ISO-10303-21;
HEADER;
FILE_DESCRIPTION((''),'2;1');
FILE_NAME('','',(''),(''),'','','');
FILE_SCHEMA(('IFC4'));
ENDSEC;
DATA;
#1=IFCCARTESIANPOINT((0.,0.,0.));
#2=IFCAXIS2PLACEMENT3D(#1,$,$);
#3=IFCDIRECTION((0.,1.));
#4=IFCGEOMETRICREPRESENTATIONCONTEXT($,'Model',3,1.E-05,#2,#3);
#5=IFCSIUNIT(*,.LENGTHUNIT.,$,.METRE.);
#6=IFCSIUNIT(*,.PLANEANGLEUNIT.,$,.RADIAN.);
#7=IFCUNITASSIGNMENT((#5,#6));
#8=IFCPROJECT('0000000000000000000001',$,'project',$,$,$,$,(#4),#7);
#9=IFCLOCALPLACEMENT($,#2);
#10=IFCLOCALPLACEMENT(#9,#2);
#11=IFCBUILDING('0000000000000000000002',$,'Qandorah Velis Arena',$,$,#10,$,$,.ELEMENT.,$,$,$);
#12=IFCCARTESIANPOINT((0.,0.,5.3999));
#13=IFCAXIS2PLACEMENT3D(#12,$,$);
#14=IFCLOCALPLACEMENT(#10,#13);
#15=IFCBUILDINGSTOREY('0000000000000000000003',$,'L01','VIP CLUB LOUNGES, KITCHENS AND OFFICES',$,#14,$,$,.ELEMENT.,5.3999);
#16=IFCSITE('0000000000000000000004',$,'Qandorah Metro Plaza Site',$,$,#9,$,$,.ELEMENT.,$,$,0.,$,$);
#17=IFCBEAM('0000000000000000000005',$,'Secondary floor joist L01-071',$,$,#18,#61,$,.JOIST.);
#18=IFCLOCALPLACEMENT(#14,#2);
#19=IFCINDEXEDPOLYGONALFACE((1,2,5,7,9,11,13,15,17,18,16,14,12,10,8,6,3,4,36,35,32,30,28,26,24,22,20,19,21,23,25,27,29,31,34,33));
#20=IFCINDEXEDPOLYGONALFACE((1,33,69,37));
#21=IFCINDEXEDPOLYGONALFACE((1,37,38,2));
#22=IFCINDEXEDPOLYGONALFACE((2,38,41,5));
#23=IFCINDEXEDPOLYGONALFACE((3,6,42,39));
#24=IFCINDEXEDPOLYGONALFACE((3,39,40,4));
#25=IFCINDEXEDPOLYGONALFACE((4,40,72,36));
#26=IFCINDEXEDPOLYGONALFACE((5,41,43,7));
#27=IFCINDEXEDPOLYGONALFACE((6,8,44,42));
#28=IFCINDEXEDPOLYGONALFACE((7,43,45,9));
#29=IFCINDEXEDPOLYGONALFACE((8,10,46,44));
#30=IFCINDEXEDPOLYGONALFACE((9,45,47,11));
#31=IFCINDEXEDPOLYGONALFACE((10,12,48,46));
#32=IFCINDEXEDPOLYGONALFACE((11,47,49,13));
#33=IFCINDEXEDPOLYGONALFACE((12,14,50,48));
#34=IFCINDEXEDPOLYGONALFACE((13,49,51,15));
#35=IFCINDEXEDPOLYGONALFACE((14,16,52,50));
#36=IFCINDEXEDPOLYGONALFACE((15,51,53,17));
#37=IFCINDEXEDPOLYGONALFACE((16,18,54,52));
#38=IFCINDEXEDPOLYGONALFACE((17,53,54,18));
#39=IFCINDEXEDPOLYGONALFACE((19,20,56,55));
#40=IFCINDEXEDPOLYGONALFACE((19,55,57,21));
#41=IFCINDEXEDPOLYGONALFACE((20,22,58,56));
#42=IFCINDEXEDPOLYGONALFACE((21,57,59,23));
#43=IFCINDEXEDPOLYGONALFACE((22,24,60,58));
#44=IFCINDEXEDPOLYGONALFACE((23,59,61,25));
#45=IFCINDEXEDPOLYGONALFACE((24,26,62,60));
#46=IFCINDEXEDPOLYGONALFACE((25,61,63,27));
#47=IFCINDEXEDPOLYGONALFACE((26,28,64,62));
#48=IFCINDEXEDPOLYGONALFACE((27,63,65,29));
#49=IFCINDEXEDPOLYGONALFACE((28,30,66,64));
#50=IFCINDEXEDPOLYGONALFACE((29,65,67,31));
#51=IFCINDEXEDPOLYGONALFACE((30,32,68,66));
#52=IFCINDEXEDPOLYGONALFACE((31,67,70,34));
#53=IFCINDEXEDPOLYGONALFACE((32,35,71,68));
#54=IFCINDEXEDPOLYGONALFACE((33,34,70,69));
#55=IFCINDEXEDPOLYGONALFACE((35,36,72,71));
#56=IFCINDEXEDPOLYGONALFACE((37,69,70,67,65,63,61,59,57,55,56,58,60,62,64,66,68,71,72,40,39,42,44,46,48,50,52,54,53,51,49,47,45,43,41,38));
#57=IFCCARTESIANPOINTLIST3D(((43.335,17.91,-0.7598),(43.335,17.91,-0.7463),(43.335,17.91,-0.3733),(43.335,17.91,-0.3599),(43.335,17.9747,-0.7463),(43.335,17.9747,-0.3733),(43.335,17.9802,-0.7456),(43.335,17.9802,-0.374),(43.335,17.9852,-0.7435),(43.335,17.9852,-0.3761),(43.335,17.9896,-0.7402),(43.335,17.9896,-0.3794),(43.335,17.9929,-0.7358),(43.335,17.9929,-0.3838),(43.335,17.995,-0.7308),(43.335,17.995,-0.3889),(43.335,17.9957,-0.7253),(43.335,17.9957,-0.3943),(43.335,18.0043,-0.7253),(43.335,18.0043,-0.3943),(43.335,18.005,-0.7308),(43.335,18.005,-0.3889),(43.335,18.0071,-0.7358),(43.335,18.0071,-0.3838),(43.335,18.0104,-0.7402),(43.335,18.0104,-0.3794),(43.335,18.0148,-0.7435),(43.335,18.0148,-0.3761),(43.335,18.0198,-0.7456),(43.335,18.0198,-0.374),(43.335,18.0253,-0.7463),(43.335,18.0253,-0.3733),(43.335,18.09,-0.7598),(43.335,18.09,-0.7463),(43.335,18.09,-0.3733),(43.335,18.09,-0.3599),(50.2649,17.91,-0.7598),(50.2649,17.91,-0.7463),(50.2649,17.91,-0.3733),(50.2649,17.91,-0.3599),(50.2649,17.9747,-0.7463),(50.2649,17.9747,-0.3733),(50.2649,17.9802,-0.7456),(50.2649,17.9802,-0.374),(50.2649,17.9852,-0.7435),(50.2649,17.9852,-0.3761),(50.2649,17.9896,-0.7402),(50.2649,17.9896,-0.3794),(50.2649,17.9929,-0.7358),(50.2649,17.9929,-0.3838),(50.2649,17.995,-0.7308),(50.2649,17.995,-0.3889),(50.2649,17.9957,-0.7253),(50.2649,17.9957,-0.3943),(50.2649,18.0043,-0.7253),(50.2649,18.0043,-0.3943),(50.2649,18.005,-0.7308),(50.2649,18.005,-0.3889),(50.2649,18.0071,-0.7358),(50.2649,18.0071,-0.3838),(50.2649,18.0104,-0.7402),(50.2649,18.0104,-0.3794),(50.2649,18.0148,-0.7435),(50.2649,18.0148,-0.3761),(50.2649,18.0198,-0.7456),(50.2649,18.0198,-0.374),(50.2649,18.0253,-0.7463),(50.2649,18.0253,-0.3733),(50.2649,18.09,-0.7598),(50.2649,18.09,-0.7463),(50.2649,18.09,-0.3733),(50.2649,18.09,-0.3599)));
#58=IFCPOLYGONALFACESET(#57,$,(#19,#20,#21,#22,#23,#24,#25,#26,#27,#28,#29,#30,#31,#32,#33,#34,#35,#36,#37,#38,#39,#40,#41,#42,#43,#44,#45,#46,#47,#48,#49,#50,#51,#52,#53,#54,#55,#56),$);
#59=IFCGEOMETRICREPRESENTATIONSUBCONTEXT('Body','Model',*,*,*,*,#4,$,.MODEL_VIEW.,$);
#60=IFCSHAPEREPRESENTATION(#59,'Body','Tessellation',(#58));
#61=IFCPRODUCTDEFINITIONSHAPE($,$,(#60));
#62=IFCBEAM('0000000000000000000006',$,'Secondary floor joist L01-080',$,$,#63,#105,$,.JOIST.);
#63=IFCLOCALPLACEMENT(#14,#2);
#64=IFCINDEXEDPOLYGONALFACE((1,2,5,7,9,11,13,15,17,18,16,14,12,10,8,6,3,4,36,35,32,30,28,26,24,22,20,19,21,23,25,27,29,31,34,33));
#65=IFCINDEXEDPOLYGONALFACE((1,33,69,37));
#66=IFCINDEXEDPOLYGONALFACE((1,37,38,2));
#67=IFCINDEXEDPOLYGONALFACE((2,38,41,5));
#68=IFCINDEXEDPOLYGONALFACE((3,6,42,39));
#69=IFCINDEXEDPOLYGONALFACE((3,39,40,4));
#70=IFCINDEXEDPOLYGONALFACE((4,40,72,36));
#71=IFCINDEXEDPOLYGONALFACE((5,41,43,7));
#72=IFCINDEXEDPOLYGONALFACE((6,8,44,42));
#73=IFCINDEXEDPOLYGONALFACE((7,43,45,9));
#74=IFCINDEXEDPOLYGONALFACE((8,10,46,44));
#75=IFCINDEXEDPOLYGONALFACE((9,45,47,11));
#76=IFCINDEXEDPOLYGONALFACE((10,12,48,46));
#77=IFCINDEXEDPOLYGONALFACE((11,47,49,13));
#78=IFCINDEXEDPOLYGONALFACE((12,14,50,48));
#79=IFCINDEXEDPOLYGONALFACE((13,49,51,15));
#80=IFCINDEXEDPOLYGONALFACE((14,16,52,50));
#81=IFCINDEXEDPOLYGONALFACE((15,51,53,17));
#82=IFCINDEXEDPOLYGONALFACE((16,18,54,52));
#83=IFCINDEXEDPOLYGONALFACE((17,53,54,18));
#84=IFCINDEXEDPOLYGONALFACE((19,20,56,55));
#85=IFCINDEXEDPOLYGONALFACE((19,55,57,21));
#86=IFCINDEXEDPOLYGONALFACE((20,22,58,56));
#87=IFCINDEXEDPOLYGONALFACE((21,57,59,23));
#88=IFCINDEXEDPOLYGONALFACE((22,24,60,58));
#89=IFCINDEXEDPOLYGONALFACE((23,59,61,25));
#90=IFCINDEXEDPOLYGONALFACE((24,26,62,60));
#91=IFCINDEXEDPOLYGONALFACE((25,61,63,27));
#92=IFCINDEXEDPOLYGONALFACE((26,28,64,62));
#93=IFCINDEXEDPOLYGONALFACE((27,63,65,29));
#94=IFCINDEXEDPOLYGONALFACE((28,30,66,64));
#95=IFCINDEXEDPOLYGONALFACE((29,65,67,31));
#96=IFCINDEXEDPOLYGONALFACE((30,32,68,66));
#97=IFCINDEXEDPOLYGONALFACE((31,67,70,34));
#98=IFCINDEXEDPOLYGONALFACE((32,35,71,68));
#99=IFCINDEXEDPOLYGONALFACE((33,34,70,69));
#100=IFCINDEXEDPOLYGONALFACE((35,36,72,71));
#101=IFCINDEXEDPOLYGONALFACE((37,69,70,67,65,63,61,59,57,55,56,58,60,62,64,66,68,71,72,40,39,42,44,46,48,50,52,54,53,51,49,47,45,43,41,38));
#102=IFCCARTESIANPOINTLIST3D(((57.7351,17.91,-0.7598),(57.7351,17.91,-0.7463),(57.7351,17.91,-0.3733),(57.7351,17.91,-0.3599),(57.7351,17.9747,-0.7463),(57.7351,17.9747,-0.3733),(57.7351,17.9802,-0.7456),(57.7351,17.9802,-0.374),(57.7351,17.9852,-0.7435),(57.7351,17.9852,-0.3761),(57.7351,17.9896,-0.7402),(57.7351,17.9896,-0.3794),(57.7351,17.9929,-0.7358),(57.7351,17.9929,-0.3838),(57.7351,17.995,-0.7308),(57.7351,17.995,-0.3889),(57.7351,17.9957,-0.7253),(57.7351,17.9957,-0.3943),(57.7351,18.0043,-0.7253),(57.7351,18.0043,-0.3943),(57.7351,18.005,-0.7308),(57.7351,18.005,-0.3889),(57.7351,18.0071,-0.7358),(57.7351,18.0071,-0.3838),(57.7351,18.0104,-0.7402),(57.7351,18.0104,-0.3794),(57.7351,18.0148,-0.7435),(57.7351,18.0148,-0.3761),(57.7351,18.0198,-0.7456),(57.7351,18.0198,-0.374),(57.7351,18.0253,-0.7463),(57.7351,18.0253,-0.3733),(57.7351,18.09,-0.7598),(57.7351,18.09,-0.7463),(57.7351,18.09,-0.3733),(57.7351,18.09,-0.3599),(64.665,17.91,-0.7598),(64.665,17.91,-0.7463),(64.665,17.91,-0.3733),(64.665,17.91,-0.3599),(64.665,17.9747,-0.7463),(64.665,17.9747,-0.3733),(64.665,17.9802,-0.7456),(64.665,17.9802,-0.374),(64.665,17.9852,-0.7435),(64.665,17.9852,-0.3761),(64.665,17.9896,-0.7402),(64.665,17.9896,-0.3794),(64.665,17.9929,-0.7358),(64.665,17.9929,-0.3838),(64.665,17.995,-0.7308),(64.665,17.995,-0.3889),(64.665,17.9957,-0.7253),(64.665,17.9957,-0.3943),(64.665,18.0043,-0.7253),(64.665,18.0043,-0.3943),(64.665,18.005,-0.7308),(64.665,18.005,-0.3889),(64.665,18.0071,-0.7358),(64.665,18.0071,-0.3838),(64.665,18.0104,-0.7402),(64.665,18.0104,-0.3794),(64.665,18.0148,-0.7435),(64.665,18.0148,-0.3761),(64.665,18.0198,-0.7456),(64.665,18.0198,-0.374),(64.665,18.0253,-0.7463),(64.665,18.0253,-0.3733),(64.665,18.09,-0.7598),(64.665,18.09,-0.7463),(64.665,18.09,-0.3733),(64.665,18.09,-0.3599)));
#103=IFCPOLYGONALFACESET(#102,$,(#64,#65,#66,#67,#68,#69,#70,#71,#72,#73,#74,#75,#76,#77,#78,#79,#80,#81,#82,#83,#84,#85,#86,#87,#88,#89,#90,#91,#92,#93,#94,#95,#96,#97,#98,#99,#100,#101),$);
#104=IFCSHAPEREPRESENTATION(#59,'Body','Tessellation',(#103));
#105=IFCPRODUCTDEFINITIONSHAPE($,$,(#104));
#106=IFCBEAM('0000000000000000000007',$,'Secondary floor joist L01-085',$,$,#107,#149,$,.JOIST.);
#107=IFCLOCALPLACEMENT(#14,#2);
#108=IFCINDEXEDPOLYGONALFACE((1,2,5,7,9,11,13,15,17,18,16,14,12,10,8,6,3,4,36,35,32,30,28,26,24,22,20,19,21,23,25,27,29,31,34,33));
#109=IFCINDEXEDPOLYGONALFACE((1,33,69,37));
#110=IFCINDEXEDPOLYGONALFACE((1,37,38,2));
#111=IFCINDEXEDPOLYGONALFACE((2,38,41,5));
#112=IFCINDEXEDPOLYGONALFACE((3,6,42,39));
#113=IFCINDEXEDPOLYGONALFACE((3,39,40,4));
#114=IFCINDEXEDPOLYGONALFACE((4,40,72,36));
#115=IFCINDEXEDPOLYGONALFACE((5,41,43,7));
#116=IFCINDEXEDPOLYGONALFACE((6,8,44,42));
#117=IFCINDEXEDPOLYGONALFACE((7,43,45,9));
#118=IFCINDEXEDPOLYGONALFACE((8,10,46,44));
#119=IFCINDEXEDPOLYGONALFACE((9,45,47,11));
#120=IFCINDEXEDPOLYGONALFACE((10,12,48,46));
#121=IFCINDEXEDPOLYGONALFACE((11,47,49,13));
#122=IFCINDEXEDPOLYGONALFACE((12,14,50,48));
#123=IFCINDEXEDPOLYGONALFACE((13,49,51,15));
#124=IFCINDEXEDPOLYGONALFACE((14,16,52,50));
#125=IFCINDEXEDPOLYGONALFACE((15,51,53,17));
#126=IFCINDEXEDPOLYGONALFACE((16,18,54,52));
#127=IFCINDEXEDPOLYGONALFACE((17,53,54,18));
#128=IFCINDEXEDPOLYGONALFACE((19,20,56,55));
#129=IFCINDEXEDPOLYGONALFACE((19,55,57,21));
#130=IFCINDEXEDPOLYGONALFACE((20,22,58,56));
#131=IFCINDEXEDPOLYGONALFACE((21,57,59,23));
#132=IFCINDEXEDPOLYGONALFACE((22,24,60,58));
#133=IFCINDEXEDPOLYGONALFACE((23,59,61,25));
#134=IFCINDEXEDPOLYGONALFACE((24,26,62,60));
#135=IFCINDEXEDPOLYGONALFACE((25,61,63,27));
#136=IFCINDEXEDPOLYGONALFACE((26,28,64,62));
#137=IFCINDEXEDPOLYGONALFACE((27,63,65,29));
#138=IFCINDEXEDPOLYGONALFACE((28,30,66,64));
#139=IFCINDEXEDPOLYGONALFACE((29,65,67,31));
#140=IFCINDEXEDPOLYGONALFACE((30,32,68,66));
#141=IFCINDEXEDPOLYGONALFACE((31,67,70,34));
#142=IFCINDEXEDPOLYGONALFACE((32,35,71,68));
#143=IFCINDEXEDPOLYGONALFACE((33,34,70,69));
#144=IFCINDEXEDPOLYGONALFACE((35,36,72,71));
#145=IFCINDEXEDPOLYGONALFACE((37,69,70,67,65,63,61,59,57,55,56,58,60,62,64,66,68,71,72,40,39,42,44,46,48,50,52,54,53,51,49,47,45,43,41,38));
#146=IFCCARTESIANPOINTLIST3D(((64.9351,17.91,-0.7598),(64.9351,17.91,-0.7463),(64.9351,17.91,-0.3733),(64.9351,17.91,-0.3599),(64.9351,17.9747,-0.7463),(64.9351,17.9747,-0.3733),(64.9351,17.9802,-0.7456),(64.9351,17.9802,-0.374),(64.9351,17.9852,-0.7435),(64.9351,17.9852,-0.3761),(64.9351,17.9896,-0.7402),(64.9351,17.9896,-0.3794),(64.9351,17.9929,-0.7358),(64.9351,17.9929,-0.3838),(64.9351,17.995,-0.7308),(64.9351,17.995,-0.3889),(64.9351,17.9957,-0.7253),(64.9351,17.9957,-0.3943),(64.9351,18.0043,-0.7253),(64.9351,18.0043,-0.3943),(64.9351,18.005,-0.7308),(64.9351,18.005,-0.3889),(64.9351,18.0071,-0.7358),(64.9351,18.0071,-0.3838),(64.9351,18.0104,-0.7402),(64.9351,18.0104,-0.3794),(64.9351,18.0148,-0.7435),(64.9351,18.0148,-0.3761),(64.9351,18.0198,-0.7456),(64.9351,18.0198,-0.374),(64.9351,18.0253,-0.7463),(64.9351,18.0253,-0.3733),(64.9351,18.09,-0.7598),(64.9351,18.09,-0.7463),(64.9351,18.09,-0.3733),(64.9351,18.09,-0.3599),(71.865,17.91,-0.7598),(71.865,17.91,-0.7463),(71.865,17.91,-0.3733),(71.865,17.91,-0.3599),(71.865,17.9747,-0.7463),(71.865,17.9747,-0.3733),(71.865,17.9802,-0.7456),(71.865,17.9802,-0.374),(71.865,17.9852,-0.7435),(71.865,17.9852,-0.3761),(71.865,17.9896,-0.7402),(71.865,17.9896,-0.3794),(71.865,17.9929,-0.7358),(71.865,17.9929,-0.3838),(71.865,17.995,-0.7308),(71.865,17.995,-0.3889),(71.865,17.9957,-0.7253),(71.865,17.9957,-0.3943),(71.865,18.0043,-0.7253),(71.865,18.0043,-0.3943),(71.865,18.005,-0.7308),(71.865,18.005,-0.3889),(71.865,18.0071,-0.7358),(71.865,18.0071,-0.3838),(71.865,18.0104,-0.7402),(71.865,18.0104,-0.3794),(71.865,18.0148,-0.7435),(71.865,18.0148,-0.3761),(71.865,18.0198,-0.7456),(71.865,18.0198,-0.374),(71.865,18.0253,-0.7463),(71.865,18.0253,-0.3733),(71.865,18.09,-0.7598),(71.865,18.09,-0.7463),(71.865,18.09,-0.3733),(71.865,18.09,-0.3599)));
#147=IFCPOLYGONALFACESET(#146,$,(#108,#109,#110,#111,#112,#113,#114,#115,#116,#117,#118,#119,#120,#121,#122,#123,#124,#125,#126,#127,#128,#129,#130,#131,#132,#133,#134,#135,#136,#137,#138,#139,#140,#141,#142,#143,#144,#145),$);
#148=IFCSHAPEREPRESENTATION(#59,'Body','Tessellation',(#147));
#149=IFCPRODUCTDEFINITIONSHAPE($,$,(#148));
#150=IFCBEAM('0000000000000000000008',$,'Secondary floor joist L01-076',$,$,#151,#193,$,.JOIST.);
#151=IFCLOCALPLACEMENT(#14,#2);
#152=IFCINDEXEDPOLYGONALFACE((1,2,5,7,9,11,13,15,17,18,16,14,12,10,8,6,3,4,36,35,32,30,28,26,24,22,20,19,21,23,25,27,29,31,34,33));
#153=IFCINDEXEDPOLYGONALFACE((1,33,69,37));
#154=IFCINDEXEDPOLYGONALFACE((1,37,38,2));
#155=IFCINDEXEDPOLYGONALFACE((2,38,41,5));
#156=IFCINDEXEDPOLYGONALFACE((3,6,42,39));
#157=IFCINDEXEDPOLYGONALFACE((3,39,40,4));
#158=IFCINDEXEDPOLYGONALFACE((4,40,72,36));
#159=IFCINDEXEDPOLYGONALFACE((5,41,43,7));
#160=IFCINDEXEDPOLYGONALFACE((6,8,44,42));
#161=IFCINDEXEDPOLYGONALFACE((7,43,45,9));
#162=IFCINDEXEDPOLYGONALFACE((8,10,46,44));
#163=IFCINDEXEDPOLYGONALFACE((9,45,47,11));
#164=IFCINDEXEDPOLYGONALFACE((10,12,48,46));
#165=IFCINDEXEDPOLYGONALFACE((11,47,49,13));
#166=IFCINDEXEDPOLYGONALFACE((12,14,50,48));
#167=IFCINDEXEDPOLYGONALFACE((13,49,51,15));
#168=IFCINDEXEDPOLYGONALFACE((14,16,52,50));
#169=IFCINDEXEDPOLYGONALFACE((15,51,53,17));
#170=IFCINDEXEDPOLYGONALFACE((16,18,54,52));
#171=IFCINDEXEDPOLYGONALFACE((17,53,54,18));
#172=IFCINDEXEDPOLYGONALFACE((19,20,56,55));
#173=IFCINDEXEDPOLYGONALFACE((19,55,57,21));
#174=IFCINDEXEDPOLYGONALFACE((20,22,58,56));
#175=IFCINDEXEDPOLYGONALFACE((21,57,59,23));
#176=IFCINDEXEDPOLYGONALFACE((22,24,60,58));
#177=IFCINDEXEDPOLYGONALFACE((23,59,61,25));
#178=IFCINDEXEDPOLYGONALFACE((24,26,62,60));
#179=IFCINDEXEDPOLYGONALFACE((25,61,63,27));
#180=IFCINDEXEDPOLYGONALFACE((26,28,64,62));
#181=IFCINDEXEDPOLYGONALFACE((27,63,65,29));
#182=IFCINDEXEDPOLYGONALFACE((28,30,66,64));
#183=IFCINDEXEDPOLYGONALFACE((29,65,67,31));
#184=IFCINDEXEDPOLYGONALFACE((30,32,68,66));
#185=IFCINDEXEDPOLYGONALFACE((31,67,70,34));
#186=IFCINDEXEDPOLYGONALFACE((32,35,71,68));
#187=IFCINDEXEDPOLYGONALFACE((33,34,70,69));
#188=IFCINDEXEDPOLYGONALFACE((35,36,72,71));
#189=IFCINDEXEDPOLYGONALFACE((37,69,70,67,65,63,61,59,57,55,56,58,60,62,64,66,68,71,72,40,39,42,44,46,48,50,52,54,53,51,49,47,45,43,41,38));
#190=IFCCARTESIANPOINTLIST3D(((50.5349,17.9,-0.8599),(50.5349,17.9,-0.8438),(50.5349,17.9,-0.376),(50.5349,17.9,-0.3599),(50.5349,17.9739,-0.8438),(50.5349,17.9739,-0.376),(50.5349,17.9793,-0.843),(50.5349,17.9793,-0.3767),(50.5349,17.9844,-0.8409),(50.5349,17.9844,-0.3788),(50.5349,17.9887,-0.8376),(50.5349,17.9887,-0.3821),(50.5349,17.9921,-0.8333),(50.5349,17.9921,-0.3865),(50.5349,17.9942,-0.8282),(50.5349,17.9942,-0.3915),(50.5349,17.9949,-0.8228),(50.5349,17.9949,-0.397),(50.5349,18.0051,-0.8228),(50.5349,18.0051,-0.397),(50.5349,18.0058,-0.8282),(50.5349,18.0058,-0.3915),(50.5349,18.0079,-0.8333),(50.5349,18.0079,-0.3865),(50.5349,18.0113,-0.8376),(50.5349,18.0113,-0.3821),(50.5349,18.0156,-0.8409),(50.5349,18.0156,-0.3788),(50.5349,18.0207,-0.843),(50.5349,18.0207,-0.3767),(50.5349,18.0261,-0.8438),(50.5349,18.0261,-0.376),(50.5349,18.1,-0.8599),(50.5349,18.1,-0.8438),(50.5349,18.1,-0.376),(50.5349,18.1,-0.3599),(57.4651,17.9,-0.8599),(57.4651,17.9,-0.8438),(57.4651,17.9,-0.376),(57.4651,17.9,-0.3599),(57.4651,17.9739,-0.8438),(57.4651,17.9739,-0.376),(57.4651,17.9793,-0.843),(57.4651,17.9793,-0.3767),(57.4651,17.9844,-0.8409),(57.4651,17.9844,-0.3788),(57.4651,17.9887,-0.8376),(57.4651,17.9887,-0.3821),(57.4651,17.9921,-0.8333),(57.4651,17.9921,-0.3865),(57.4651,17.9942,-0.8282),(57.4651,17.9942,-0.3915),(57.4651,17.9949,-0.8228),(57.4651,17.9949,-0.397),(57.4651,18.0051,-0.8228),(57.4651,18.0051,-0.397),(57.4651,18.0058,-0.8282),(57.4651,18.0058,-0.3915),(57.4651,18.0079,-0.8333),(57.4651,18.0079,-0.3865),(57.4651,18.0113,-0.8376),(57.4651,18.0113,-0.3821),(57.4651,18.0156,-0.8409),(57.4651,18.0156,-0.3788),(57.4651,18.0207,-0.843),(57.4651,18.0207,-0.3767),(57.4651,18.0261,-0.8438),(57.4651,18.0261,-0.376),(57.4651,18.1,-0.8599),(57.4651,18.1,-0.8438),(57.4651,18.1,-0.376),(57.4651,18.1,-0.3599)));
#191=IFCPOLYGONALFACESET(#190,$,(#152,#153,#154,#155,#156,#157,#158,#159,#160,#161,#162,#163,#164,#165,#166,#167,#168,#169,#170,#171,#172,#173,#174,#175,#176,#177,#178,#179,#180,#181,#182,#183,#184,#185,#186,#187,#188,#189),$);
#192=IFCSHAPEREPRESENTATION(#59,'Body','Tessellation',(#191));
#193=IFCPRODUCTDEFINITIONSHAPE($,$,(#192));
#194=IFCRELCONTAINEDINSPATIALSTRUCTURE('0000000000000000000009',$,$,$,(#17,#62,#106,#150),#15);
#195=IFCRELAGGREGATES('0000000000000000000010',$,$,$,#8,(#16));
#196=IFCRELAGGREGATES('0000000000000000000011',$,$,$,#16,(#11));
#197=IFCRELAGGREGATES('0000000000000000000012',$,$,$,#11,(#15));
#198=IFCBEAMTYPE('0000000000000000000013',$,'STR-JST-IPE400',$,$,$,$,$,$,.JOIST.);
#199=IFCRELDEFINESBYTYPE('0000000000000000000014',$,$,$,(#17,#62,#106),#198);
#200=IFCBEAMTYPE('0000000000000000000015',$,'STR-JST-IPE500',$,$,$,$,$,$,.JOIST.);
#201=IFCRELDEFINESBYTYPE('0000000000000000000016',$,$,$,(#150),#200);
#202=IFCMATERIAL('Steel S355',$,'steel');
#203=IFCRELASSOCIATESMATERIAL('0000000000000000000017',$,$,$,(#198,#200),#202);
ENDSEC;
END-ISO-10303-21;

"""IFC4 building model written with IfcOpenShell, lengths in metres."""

from ifc_helpers import new_model, si_unit, direction, frame, origin, origin_2d, place, context, subcontext, project, spatial, i_section, extrude, material, material_profile, profile_set, type_object, element, save


model = new_model("IFC4")

# Units and contexts
model_context = context("Model", 3, precision=1e-05, world=origin(), true_north=direction((0.0, 1.0)))
body_context = subcontext(model_context, "Body", "Model", "MODEL_VIEW")
ifc_project = project(units=[si_unit("LENGTHUNIT", "METRE"), si_unit("PLANEANGLEUNIT", "RADIAN")], contexts=[model_context])

# Site, building, storey
site_placement = place(None, origin())
site = spatial("IfcSite", under=ifc_project, at=site_placement, Name="Qandorah Metro Plaza Site", CompositionType="ELEMENT", RefElevation=0.0)
building_placement = place(site_placement, origin())
building = spatial("IfcBuilding", under=site, at=building_placement, Name="Qandorah Velis Arena", CompositionType="ELEMENT")
storey_placement = place(building_placement, frame((0.0, 0.0, 5.3999)))
storey = spatial("IfcBuildingStorey", under=building, at=storey_placement, Name="L01", Description="VIP CLUB LOUNGES, KITCHENS AND OFFICES", CompositionType="ELEMENT", Elevation=5.3999)

# Beams
ifc_material_1 = material(Name="Steel S355", Category="steel")
ifc_material_profile_1 = material_profile(ifc_material_1, i_section(OverallWidth=0.1799, OverallDepth=0.3999, WebThickness=0.0085, FlangeThickness=0.0134, FilletRadius=0.021, at=origin_2d()), Name="IPE 400")
ifc_profile_set_1 = profile_set([ifc_material_profile_1], Name="Steel S355")
beam_type_1 = type_object("IfcBeamType", Name="STR-JST-IPE400", PredefinedType="JOIST", material=ifc_profile_set_1)
for number, where, z_axis, x_axis, name in (
    (1, (43.335, 18.0, -0.5598), (1.0, 0.0, 0.0), (0.0, 1.0, 0.0), "Secondary floor joist L01-071"),
    (2, (57.7351, 18.0, -0.5598), (1.0, 0.0, 0.0), (0.0, 1.0, 0.0), "Secondary floor joist L01-080"),
    (3, (64.9351, 18.0, -0.5598), (1.0, 0.0, 0.0), (0.0, 1.0, 0.0), "Secondary floor joist L01-085"),
):
    element("IfcBeam", number, at=place(storey_placement, frame(where, z_axis=z_axis, x_axis=x_axis)), inside=storey, type_object=beam_type_1, Name=name, PredefinedType="JOIST", context=body_context, shape_type="SweptSolid", body=[
        extrude(i_section(OverallWidth=0.1799, OverallDepth=0.3999, WebThickness=0.0085, FlangeThickness=0.0134, FilletRadius=0.021, at=origin_2d()), origin(), (0.0, 0.0, 1.0), 6.9299),
    ])
ifc_material_profile_2 = material_profile(ifc_material_1, i_section(OverallWidth=0.2, OverallDepth=0.5, WebThickness=0.0103, FlangeThickness=0.0161, FilletRadius=0.021, at=origin_2d()), Name="IPE 500")
ifc_profile_set_2 = profile_set([ifc_material_profile_2], Name="Steel S355")
beam_type_2 = type_object("IfcBeamType", Name="STR-JST-IPE500", PredefinedType="JOIST", material=ifc_profile_set_2)
beam_1_placement = place(storey_placement, frame((50.5349, 18.0, -0.6099), z_axis=(1.0, 0.0, 0.0), x_axis=(0.0, 1.0, 0.0)))
element("IfcBeam", 4, at=beam_1_placement, inside=storey, type_object=beam_type_2, Name="Secondary floor joist L01-076", PredefinedType="JOIST", context=body_context, shape_type="SweptSolid", body=[
    extrude(i_section(OverallWidth=0.2, OverallDepth=0.5, WebThickness=0.0103, FlangeThickness=0.0161, FilletRadius=0.021, at=origin_2d()), origin(), (0.0, 0.0, 1.0), 6.9302),
])

save(model, "model.ifc")
